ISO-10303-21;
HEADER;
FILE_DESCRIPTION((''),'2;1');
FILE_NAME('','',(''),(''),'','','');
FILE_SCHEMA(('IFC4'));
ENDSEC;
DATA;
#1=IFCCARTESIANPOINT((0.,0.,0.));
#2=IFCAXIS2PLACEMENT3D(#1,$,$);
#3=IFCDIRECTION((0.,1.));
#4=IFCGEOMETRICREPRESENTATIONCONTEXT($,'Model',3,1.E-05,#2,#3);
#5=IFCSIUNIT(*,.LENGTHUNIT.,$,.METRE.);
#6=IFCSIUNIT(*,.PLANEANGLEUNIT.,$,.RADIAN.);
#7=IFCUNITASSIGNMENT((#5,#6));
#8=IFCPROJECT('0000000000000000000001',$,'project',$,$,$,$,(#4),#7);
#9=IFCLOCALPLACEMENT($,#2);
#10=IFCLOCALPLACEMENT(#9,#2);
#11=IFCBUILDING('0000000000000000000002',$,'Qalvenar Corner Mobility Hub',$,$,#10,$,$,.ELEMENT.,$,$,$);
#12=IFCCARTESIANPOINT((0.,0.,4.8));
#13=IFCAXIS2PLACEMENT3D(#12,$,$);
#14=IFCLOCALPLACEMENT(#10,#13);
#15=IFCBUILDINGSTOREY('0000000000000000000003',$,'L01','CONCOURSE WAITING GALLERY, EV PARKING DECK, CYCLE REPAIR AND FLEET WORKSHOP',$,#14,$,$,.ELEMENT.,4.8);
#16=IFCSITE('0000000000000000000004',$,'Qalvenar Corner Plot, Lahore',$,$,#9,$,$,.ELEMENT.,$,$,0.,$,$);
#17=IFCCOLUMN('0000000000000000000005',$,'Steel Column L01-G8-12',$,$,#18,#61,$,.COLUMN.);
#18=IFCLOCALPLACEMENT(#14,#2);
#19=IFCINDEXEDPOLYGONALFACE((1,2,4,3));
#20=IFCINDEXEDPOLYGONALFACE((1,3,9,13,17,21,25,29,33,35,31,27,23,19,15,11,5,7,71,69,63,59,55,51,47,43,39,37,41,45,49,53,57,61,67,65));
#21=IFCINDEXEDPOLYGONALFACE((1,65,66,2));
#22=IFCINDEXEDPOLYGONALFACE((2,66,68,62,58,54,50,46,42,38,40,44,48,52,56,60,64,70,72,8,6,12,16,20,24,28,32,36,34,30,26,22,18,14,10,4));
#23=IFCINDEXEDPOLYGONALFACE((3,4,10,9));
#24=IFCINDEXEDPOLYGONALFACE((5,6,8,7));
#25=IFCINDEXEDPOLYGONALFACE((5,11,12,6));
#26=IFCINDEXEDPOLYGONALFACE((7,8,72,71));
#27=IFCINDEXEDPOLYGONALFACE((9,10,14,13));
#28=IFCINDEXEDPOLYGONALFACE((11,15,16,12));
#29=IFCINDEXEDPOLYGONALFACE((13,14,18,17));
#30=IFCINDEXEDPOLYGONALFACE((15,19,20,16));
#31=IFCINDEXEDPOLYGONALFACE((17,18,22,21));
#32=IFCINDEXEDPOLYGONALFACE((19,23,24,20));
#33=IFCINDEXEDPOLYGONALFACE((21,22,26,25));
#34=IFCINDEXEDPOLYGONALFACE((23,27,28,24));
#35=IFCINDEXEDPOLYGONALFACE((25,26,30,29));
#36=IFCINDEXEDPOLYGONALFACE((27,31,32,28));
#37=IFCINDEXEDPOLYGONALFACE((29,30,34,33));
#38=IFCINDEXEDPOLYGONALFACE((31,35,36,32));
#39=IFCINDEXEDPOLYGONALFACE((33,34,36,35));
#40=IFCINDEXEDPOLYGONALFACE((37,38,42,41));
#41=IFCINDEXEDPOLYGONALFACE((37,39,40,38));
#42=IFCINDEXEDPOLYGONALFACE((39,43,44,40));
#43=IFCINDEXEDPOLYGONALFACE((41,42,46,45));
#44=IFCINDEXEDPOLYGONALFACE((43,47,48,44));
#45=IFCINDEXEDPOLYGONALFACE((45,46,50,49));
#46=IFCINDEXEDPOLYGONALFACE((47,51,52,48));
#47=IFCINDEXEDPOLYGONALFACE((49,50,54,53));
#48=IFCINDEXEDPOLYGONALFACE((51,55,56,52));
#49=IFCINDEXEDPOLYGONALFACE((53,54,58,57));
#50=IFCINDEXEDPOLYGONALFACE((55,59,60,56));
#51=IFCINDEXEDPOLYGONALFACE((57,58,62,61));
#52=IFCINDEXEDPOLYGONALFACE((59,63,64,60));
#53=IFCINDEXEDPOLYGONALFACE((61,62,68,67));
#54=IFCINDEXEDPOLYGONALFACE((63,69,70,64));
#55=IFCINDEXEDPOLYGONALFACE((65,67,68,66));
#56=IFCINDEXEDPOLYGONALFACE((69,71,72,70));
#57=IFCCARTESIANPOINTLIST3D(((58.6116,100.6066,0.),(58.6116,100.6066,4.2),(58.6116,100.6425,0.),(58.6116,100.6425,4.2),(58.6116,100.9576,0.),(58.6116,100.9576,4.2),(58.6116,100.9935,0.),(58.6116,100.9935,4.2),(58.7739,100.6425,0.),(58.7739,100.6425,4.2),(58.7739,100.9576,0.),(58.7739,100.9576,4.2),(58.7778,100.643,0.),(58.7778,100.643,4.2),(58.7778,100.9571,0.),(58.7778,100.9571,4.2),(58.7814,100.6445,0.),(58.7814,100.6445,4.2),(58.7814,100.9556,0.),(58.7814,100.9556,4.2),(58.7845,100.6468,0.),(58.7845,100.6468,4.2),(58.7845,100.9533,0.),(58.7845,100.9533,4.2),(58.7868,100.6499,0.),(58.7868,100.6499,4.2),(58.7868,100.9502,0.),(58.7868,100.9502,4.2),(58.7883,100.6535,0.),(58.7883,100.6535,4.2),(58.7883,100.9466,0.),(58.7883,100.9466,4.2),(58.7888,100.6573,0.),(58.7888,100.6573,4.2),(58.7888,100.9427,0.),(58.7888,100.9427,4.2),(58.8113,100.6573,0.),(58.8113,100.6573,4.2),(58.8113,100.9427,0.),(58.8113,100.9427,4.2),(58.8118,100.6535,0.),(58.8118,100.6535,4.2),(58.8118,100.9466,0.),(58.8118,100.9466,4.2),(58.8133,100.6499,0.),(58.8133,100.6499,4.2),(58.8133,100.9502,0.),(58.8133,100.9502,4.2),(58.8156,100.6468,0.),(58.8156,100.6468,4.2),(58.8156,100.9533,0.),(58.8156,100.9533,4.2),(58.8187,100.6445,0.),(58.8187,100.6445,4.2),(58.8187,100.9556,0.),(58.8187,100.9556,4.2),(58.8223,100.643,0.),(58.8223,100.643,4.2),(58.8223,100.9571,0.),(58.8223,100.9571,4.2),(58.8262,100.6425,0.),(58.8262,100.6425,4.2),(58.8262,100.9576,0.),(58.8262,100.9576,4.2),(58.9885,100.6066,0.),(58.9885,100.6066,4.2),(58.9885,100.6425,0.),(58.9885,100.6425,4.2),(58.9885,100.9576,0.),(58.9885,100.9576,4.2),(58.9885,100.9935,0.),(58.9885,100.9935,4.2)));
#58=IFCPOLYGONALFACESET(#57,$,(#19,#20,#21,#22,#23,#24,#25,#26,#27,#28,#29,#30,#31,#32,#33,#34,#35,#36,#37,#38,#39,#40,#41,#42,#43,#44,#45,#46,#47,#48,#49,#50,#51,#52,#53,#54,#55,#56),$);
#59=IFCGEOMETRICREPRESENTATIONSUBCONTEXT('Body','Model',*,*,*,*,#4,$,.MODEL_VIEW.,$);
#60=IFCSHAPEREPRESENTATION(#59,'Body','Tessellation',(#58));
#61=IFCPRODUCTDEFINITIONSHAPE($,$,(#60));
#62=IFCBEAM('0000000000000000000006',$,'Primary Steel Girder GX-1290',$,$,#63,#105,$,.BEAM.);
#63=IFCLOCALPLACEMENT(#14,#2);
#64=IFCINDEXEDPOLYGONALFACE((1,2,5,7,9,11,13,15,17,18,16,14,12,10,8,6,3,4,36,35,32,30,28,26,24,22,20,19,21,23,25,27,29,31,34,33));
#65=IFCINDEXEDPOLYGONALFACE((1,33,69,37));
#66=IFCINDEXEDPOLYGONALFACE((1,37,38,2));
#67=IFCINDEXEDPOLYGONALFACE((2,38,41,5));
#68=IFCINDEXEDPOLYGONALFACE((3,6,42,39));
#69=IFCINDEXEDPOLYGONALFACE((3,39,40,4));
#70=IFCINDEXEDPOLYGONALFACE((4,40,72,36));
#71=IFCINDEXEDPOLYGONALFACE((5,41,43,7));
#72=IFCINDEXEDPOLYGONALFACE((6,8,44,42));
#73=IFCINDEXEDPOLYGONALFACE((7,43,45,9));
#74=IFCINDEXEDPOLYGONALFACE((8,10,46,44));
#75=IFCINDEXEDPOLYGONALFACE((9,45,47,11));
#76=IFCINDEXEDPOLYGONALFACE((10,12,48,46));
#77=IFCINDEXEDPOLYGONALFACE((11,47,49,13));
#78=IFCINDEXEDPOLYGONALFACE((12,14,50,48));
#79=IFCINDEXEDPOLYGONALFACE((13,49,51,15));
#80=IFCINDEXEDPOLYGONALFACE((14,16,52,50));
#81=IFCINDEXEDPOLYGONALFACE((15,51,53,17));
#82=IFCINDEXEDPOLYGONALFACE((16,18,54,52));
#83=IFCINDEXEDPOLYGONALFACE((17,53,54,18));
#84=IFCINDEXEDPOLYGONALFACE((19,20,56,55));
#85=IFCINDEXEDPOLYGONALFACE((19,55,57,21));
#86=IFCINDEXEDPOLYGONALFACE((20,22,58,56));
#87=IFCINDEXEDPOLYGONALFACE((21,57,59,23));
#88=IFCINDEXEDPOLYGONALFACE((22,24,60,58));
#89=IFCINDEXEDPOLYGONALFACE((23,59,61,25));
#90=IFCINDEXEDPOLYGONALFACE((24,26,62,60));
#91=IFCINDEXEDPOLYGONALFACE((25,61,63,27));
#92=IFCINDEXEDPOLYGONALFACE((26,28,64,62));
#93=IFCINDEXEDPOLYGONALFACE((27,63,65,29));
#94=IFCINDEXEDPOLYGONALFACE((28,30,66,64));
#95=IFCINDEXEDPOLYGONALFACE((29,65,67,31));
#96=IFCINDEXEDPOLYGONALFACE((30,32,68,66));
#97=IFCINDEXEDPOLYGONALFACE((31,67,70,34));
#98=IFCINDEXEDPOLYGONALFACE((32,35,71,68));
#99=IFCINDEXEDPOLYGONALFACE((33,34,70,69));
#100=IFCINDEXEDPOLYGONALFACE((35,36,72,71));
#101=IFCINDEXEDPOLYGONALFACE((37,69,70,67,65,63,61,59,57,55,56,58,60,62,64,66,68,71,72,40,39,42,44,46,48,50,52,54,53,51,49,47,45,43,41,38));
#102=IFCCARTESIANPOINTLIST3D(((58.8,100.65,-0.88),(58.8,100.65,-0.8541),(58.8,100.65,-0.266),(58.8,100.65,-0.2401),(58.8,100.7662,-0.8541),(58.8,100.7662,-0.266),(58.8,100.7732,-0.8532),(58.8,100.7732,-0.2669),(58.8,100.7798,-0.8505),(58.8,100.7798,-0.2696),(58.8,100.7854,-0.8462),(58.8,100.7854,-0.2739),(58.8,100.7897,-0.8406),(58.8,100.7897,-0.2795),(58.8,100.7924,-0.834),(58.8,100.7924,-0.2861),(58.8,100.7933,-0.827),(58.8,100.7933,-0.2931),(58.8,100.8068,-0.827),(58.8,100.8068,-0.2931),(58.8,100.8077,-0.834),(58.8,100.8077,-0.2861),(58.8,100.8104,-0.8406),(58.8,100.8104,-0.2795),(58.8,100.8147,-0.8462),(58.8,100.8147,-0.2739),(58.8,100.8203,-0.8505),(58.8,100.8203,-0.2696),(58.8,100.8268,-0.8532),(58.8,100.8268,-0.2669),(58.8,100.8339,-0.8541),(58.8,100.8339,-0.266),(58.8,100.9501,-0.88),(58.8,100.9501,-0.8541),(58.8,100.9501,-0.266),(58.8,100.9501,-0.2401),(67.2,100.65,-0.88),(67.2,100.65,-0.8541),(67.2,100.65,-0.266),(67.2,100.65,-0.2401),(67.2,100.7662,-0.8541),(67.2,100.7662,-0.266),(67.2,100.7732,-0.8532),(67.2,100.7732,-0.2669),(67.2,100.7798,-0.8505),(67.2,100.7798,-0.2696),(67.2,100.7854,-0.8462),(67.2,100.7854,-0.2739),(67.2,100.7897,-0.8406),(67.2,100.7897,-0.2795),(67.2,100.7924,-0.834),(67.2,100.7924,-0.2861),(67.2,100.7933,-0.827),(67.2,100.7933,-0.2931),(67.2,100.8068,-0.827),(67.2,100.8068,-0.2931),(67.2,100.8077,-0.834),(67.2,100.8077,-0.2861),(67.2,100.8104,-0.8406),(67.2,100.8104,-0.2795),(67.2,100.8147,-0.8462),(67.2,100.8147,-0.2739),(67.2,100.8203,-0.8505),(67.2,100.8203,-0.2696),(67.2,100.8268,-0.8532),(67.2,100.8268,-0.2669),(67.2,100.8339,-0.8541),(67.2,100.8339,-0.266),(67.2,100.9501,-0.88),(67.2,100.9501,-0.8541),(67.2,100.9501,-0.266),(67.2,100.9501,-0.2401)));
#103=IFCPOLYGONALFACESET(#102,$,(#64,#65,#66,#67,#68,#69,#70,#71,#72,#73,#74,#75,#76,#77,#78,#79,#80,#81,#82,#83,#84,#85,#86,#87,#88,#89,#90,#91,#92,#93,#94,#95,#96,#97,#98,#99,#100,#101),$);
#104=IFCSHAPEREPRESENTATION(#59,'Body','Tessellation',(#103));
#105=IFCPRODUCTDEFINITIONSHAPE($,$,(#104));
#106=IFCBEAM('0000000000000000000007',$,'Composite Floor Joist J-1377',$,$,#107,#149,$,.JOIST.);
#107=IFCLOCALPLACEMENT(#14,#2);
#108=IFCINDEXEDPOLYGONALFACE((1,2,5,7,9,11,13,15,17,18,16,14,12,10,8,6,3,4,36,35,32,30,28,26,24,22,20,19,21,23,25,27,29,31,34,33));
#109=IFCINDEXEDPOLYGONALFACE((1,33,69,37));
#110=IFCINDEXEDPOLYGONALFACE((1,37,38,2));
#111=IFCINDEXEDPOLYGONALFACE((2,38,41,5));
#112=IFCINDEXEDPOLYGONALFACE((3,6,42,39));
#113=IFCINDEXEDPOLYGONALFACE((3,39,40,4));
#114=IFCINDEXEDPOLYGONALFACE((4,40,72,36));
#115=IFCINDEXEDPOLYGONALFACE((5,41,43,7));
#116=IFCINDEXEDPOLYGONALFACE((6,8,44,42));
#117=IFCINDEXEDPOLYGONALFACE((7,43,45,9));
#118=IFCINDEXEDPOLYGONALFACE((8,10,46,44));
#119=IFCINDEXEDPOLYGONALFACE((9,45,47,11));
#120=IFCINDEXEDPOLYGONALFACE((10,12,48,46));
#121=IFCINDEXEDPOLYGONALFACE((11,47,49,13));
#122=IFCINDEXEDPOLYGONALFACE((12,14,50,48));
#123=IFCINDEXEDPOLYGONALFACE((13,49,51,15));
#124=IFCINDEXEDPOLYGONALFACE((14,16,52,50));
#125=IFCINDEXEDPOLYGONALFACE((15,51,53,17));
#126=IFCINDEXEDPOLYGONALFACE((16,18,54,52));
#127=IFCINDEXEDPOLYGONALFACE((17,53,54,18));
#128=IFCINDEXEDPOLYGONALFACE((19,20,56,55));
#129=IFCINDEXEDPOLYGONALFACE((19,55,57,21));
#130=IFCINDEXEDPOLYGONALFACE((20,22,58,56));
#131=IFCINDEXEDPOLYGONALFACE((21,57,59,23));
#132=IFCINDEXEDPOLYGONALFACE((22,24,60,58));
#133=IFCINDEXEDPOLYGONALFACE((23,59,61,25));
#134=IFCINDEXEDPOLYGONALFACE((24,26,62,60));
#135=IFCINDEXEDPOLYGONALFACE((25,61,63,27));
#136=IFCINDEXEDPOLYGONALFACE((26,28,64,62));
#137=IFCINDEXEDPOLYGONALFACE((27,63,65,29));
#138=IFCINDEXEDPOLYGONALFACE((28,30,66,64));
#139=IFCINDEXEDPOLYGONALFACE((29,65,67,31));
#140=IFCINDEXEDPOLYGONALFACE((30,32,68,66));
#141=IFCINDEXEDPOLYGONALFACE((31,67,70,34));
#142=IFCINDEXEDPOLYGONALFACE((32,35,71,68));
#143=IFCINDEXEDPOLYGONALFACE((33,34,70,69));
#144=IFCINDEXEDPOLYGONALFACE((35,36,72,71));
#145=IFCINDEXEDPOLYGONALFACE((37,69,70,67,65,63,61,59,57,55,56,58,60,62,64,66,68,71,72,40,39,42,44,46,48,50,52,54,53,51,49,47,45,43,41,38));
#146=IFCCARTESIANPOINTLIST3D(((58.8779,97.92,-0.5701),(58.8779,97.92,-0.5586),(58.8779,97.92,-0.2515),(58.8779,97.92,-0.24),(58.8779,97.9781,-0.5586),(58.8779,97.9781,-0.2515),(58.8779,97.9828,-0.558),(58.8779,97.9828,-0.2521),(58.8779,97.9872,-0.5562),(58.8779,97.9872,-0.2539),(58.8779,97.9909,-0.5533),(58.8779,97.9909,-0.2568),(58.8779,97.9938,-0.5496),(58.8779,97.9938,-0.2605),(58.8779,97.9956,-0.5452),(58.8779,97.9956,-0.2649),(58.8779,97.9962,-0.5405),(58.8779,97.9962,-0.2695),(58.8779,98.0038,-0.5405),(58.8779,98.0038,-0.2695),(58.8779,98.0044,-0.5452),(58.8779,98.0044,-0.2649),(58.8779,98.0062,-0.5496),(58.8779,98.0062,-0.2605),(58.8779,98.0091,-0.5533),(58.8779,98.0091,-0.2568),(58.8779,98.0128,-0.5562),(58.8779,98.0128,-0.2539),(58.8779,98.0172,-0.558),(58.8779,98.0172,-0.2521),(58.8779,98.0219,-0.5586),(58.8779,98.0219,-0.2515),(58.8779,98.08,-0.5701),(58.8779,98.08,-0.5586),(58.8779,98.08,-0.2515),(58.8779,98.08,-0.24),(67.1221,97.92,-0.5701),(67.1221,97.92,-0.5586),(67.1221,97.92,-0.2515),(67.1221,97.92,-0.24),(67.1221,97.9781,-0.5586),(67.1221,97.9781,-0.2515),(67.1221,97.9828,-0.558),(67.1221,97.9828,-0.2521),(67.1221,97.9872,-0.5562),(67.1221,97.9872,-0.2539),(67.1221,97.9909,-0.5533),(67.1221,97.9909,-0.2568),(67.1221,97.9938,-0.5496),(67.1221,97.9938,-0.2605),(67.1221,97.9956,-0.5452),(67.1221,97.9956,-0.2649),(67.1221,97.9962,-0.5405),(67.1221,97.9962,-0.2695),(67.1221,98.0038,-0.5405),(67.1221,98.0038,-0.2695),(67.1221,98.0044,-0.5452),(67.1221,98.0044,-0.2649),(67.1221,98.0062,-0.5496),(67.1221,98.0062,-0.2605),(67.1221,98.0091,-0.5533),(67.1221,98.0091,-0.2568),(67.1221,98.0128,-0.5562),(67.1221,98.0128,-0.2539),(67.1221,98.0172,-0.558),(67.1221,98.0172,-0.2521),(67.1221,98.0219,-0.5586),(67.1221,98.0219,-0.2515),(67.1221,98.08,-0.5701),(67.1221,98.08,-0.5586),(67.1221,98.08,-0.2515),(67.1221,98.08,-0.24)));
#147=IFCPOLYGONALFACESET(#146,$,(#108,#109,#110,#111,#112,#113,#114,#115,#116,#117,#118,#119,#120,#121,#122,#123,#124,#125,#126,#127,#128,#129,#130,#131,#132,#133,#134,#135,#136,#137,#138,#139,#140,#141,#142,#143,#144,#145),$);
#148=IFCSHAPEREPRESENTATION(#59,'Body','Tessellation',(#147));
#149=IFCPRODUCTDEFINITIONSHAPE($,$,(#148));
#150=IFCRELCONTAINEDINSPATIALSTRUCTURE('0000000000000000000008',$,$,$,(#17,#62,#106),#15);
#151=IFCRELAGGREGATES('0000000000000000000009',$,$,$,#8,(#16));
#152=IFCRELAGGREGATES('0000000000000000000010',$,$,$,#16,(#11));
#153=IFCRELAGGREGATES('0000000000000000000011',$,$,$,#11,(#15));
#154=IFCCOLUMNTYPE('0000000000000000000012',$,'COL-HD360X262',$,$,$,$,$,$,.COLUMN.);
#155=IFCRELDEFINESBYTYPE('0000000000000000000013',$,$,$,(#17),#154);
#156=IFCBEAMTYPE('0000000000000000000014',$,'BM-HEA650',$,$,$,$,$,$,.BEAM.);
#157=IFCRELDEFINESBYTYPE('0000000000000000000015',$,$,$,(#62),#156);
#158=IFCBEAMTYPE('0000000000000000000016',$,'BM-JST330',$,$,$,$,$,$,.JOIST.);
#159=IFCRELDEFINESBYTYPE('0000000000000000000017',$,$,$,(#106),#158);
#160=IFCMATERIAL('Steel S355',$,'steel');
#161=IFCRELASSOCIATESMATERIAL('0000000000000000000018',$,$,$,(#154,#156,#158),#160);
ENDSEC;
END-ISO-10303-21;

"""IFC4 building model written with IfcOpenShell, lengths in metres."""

from ifc_helpers import new_model, si_unit, direction, frame, origin, origin_2d, place, context, subcontext, project, spatial, i_section, extrude, material, material_profile, profile_set, type_object, element, save


model = new_model("IFC4")

# Units and contexts
model_context = context("Model", 3, precision=1e-05, world=origin(), true_north=direction((0.0, 1.0)))
body_context = subcontext(model_context, "Body", "Model", "MODEL_VIEW")
ifc_project = project(units=[si_unit("LENGTHUNIT", "METRE"), si_unit("PLANEANGLEUNIT", "RADIAN")], contexts=[model_context])

# Site, building, storey
site_placement = place(None, origin())
site = spatial("IfcSite", under=ifc_project, at=site_placement, Name="Qalvenar Corner Plot, Lahore", CompositionType="ELEMENT", RefElevation=0.0)
building_placement = place(site_placement, origin())
building = spatial("IfcBuilding", under=site, at=building_placement, Name="Qalvenar Corner Mobility Hub", CompositionType="ELEMENT")
storey_placement = place(building_placement, frame((0.0, 0.0, 4.8)))
storey = spatial("IfcBuildingStorey", under=building, at=storey_placement, Name="L01", Description="CONCOURSE WAITING GALLERY, EV PARKING DECK, CYCLE REPAIR AND FLEET WORKSHOP", CompositionType="ELEMENT", Elevation=4.8)

# Column
ifc_material_1 = material(Name="Steel S355", Category="steel")
ifc_material_profile_1 = material_profile(ifc_material_1, i_section(OverallWidth=0.377, OverallDepth=0.387, WebThickness=0.0225, FlangeThickness=0.0359, FilletRadius=0.0149, at=origin_2d()), Name="HD360x262")
ifc_profile_set_1 = profile_set([ifc_material_profile_1], Name="Steel S355")
column_type = type_object("IfcColumnType", Name="COL-HD360X262", PredefinedType="COLUMN", material=ifc_profile_set_1)
column_placement = place(storey_placement, frame((58.8, 100.8, 0.0), z_axis=(0.0, 0.0, 1.0), x_axis=(1.0, 0.0, 0.0)))
element("IfcColumn", 1, at=column_placement, inside=storey, type_object=column_type, Name="Steel Column L01-G8-12", PredefinedType="COLUMN", context=body_context, shape_type="SweptSolid", body=[
    extrude(i_section(OverallWidth=0.377, OverallDepth=0.387, WebThickness=0.0225, FlangeThickness=0.0359, FilletRadius=0.0149, at=origin_2d()), origin(), (0.0, 0.0, 1.0), 4.2),
])

# Beams
ifc_material_profile_2 = material_profile(ifc_material_1, i_section(OverallWidth=0.3, OverallDepth=0.6399, WebThickness=0.0134, FlangeThickness=0.0259, FilletRadius=0.0271, at=origin_2d()), Name="HEA650")
ifc_profile_set_2 = profile_set([ifc_material_profile_2], Name="Steel S355")
beam_type_1 = type_object("IfcBeamType", Name="BM-HEA650", PredefinedType="BEAM", material=ifc_profile_set_2)
beam_1_placement = place(storey_placement, frame((58.8, 100.8, -0.5601), z_axis=(1.0, 0.0, 0.0), x_axis=(0.0, 1.0, 0.0)))
element("IfcBeam", 2, at=beam_1_placement, inside=storey, type_object=beam_type_1, Name="Primary Steel Girder GX-1290", PredefinedType="BEAM", context=body_context, shape_type="SweptSolid", body=[
    extrude(i_section(OverallWidth=0.3, OverallDepth=0.6399, WebThickness=0.0134, FlangeThickness=0.0259, FilletRadius=0.0271, at=origin_2d()), origin(), (0.0, 0.0, 1.0), 8.3999),
])
ifc_material_profile_3 = material_profile(ifc_material_1, i_section(OverallWidth=0.1599, OverallDepth=0.3301, WebThickness=0.0076, FlangeThickness=0.0115, FilletRadius=0.0181, at=origin_2d()), Name="IPE330")
ifc_profile_set_3 = profile_set([ifc_material_profile_3], Name="Steel S355")
beam_type_2 = type_object("IfcBeamType", Name="BM-JST330", PredefinedType="JOIST", material=ifc_profile_set_3)
beam_2_placement = place(storey_placement, frame((58.8779, 98.0, -0.405), z_axis=(1.0, 0.0, 0.0), x_axis=(0.0, 1.0, 0.0)))
element("IfcBeam", 3, at=beam_2_placement, inside=storey, type_object=beam_type_2, Name="Composite Floor Joist J-1377", PredefinedType="JOIST", context=body_context, shape_type="SweptSolid", body=[
    extrude(i_section(OverallWidth=0.1599, OverallDepth=0.3301, WebThickness=0.0076, FlangeThickness=0.0115, FilletRadius=0.0181, at=origin_2d()), origin(), (0.0, 0.0, 1.0), 8.2441),
])

save(model, "model.ifc")
